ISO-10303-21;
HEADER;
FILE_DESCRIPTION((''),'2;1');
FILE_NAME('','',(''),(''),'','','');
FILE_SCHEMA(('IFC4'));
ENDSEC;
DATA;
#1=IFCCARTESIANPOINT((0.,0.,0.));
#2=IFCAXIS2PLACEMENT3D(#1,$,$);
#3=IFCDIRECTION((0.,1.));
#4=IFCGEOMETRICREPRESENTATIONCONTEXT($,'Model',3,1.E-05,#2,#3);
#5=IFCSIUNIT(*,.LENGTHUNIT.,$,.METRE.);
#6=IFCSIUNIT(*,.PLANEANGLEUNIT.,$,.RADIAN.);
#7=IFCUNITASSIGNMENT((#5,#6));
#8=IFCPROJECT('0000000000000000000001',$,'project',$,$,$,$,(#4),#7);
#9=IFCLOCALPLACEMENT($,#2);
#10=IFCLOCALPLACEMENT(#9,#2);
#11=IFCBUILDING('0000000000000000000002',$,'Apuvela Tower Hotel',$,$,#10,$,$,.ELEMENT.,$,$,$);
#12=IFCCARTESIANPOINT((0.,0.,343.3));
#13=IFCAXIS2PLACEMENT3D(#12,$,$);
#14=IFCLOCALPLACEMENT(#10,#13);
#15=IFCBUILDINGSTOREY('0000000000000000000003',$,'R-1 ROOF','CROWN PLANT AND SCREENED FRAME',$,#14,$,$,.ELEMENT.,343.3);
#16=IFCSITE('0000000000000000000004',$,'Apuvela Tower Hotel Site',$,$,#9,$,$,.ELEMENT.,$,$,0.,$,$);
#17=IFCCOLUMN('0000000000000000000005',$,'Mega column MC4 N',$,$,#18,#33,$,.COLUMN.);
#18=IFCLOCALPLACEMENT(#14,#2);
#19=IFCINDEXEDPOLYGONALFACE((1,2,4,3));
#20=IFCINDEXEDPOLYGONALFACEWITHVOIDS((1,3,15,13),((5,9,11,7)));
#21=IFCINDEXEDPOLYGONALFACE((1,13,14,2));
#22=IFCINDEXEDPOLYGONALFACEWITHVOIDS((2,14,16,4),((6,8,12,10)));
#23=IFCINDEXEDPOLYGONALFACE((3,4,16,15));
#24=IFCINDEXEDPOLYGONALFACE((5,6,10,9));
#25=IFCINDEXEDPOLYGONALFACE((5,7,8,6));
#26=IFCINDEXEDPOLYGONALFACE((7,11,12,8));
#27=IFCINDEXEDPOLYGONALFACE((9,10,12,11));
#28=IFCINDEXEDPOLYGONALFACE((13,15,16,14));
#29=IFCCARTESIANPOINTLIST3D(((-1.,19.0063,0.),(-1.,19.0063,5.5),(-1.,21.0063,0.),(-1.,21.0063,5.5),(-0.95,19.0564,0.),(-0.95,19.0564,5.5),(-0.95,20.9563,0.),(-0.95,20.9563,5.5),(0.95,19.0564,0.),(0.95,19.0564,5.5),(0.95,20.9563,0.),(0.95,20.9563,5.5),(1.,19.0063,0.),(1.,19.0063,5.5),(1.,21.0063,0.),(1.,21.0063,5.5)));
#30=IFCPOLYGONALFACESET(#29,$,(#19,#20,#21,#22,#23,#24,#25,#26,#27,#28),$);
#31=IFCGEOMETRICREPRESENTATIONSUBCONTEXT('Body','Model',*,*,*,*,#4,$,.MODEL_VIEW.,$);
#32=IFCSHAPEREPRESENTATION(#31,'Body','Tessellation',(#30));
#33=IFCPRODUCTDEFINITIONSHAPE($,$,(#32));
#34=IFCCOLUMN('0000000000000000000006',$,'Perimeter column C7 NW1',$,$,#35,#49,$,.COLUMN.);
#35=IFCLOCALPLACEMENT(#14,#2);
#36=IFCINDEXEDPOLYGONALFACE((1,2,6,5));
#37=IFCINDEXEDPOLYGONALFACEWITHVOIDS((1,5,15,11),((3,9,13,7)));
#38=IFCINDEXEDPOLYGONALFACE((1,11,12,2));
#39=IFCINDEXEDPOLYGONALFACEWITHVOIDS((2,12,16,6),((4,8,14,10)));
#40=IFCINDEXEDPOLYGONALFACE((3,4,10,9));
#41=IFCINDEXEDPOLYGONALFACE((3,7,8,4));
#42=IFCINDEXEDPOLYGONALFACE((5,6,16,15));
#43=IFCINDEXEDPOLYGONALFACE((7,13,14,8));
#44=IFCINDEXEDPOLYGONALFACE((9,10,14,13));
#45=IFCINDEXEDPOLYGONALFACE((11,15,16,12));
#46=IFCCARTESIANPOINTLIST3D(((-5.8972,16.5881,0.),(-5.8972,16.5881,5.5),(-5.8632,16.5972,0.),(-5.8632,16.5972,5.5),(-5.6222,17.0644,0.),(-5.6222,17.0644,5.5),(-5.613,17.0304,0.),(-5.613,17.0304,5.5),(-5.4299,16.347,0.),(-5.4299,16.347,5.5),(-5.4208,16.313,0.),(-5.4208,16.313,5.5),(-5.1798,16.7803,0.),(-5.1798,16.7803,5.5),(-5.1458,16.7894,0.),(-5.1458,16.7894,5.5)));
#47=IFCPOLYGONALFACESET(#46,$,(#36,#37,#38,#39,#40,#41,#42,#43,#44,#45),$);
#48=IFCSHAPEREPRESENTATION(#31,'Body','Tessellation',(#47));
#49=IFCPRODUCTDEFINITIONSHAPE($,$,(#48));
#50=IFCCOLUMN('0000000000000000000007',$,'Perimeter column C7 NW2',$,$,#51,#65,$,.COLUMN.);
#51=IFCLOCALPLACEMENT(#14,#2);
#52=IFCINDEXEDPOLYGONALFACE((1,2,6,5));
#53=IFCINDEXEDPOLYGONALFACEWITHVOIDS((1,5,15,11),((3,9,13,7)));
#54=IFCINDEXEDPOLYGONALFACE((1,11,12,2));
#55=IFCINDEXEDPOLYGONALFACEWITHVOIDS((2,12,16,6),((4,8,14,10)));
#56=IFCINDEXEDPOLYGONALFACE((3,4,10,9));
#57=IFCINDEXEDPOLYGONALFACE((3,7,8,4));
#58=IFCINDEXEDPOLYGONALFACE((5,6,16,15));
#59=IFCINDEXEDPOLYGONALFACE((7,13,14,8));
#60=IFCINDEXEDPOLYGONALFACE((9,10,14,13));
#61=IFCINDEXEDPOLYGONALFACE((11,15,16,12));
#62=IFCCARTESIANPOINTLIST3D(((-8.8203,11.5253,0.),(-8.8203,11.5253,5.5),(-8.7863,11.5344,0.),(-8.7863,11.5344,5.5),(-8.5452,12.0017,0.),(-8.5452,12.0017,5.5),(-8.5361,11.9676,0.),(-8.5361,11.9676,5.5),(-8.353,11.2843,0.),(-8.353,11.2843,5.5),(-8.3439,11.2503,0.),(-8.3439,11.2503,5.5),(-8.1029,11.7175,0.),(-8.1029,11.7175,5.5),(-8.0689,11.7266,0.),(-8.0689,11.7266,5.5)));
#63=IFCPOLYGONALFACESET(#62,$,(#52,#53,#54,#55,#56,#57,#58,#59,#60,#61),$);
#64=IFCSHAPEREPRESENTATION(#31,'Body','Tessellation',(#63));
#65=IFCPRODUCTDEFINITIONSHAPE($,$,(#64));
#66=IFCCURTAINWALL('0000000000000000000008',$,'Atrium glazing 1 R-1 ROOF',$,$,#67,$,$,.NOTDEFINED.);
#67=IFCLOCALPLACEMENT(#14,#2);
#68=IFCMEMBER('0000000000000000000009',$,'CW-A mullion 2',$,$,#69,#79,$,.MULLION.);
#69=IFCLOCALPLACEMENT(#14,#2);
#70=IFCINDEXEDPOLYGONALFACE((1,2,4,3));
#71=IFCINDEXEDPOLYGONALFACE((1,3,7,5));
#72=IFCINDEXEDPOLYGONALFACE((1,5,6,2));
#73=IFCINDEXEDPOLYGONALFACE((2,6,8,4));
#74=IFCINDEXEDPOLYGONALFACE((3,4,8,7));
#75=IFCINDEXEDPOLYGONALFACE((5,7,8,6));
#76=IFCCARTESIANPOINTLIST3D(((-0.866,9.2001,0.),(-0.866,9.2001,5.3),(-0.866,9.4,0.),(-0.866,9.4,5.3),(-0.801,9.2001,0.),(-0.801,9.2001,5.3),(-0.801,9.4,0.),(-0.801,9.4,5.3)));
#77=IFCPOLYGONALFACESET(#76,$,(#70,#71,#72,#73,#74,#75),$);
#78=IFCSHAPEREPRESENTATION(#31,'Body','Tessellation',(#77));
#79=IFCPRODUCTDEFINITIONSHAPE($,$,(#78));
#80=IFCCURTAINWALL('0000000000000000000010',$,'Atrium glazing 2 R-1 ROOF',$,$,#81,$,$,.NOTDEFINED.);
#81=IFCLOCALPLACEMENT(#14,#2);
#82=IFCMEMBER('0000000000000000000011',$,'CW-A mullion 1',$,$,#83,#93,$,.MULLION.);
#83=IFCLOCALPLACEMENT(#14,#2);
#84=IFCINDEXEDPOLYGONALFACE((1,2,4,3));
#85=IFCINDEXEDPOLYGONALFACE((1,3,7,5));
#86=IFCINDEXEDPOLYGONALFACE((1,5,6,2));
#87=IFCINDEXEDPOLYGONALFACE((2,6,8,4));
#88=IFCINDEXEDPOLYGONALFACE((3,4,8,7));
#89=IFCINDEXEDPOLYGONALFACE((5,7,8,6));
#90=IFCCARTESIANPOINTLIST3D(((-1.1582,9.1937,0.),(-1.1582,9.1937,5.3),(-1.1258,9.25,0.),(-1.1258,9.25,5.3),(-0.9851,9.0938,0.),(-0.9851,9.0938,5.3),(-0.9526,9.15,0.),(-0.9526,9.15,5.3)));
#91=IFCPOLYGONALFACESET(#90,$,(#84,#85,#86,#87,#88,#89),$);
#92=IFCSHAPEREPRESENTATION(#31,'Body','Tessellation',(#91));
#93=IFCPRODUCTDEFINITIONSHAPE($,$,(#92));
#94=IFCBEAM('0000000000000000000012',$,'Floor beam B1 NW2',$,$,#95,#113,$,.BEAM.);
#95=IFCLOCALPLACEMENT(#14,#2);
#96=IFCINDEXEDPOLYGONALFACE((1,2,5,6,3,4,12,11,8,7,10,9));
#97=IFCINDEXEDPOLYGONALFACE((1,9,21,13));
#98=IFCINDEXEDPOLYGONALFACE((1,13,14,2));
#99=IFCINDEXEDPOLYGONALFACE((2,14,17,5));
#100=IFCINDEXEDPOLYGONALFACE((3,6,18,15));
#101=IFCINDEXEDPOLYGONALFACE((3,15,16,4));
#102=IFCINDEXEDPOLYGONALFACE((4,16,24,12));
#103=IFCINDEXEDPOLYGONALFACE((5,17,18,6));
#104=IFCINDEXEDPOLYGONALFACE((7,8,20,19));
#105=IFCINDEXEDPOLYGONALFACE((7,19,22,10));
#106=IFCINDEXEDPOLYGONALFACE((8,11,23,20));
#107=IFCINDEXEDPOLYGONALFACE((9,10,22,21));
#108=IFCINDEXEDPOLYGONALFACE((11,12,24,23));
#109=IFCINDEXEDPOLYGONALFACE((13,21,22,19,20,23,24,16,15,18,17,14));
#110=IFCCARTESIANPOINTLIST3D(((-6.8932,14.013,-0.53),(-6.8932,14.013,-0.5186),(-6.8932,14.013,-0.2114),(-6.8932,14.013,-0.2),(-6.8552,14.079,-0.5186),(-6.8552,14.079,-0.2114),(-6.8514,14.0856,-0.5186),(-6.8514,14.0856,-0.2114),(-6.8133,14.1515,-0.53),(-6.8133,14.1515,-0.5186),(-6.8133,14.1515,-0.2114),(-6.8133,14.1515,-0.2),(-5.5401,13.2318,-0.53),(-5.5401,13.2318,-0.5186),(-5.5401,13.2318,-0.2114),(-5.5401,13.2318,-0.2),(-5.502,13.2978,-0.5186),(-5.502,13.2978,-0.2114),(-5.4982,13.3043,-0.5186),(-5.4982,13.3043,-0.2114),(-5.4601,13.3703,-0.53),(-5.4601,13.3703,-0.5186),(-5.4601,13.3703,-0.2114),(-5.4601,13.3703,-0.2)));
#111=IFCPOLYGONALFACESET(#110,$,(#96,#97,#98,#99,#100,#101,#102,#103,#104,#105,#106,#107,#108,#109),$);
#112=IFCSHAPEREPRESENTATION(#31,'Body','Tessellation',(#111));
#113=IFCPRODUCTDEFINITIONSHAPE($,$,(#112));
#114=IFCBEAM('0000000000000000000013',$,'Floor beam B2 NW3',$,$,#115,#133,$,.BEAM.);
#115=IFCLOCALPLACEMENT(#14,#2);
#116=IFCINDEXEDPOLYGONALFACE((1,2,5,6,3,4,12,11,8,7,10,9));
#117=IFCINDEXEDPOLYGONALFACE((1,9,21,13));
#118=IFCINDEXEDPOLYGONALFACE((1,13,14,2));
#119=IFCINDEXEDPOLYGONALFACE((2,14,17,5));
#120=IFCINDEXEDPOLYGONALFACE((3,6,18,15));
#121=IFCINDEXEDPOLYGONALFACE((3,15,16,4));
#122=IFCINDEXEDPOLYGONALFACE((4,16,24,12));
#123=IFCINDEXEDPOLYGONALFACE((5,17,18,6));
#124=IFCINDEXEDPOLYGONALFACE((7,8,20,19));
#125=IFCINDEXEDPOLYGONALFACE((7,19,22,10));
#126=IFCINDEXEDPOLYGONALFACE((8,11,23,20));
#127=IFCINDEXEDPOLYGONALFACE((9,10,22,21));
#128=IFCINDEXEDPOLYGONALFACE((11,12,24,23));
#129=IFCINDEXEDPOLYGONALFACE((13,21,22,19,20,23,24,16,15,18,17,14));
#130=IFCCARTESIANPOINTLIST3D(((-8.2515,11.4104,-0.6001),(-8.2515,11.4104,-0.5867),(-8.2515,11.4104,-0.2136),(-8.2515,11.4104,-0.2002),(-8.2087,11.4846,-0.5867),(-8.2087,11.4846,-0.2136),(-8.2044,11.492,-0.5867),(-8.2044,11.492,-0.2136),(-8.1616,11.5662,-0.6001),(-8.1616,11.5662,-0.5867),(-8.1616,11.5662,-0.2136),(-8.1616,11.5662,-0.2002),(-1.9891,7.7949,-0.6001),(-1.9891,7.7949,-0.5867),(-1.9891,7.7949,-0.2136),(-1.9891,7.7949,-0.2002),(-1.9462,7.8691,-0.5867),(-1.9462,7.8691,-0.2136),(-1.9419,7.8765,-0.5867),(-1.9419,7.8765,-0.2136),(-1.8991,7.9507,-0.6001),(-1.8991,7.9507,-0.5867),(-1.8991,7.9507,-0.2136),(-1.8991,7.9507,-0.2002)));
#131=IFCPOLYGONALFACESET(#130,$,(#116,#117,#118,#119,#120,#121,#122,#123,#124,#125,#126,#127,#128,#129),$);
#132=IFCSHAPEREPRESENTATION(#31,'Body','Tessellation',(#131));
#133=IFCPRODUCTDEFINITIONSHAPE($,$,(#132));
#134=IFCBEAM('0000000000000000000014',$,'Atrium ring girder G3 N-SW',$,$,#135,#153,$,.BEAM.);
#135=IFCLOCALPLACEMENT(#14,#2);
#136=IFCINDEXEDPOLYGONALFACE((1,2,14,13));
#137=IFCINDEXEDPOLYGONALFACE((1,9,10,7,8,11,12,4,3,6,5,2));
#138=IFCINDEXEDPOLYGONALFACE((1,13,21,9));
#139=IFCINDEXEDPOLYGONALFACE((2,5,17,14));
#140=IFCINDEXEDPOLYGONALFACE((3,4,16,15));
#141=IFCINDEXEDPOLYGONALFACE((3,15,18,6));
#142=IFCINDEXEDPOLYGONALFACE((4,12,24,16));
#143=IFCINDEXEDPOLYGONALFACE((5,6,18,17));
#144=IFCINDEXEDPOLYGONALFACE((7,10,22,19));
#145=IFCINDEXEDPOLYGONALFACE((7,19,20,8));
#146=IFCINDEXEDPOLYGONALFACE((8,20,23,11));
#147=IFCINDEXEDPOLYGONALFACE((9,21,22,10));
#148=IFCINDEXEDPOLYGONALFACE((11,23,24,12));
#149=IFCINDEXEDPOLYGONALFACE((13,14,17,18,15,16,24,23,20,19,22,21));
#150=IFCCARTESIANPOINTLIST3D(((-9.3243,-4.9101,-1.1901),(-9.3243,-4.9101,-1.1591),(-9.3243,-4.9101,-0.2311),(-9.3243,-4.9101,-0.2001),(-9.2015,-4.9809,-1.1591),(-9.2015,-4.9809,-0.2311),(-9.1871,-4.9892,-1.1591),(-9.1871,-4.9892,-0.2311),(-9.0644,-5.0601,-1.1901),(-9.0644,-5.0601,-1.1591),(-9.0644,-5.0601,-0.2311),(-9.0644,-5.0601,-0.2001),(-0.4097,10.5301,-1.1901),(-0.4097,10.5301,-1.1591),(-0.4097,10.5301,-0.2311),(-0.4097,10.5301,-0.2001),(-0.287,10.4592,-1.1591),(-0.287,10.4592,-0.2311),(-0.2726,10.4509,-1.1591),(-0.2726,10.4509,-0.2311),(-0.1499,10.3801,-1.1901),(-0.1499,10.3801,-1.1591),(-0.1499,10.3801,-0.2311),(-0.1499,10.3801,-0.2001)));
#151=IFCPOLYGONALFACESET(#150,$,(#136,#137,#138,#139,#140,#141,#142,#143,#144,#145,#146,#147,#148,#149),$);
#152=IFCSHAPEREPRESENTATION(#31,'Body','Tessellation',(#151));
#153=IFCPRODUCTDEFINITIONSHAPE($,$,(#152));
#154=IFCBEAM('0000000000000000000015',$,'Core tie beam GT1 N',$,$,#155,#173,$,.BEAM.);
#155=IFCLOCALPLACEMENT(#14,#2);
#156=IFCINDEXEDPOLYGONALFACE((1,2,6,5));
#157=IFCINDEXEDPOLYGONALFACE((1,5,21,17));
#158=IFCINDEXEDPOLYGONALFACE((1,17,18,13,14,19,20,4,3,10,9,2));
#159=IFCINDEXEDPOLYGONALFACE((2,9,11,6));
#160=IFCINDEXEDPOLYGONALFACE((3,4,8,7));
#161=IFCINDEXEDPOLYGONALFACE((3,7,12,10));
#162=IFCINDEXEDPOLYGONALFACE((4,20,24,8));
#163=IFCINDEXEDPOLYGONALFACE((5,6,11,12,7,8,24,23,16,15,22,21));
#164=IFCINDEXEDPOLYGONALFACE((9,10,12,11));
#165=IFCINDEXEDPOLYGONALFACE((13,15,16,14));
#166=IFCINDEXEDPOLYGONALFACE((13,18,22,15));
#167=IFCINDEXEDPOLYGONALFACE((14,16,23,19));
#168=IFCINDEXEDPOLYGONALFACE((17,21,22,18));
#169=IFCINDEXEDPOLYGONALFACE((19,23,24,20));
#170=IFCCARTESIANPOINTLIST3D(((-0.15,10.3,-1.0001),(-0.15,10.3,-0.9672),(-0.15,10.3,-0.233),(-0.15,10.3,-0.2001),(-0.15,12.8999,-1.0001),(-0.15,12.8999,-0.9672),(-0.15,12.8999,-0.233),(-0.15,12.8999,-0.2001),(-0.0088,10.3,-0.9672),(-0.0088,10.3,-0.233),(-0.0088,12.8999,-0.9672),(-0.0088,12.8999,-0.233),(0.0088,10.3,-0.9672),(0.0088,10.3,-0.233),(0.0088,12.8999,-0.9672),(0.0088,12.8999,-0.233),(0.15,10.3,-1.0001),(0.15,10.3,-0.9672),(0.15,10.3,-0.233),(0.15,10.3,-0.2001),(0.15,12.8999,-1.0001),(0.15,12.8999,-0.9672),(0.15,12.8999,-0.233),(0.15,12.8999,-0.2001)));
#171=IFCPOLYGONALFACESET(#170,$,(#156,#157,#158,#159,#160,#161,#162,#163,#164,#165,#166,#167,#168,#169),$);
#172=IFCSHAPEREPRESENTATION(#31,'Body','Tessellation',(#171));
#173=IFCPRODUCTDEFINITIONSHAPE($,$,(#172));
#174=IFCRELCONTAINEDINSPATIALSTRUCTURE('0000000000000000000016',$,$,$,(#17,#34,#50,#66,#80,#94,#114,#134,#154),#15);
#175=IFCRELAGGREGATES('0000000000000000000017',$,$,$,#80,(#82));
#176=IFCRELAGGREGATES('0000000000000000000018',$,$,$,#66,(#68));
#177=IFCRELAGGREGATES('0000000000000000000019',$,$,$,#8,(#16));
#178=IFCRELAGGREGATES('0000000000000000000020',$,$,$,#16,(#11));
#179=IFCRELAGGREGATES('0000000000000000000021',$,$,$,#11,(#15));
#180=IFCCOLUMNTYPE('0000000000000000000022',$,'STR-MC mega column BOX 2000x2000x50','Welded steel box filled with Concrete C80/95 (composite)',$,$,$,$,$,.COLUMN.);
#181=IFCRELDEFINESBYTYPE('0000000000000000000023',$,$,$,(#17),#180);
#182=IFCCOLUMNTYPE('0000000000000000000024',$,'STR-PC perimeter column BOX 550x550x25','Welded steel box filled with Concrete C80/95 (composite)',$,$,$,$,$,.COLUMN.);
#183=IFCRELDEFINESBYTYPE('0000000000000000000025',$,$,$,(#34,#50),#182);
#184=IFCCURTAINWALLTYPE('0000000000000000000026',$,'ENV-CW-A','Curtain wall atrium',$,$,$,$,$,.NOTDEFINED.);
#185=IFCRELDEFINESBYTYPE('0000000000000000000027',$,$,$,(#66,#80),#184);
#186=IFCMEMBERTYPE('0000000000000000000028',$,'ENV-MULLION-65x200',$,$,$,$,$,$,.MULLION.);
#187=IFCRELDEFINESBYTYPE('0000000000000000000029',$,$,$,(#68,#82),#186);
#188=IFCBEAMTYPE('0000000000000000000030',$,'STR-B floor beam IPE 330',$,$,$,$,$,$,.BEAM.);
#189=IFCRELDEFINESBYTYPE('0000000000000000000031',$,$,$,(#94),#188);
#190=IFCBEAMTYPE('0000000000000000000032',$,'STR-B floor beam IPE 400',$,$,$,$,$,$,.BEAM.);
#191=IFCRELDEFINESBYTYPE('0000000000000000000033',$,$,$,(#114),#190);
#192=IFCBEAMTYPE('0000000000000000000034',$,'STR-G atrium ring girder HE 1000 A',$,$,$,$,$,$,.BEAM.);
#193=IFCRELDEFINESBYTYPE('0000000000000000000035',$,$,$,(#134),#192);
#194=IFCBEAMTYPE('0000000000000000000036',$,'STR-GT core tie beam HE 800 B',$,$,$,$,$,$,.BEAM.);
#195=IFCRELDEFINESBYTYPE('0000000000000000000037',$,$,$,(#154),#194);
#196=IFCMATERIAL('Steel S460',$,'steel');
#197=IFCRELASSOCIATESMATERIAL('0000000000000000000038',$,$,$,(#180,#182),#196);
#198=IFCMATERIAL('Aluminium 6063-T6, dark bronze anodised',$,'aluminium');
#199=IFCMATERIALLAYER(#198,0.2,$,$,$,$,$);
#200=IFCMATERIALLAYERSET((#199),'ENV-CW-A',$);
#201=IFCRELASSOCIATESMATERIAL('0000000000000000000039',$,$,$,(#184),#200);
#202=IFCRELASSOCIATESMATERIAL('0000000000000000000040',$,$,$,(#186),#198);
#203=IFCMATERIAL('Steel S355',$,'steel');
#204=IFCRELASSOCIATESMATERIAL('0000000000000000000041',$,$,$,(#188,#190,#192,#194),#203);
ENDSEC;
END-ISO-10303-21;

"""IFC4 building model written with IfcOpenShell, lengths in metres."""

from ifc_helpers import new_model, si_unit, direction, frame, origin, origin_2d, place, context, subcontext, project, spatial, rectangle, hollow_rectangle, i_section, extrude, material, layer, layer_set, material_profile, profile_set, type_object, element, aggregate, save


model = new_model("IFC4")

# Units and contexts
model_context = context("Model", 3, precision=1e-05, world=origin(), true_north=direction((0.0, 1.0)))
body_context = subcontext(model_context, "Body", "Model", "MODEL_VIEW")
ifc_project = project(units=[si_unit("LENGTHUNIT", "METRE"), si_unit("PLANEANGLEUNIT", "RADIAN")], contexts=[model_context])

# Site, building, storey
site_placement = place(None, origin())
site = spatial("IfcSite", under=ifc_project, at=site_placement, Name="Apuvela Tower Hotel Site", CompositionType="ELEMENT", RefElevation=0.0)
building_placement = place(site_placement, origin())
building = spatial("IfcBuilding", under=site, at=building_placement, Name="Apuvela Tower Hotel", CompositionType="ELEMENT")
storey_placement = place(building_placement, frame((0.0, 0.0, 343.3)))
storey = spatial("IfcBuildingStorey", under=building, at=storey_placement, Name="R-1 ROOF", Description="CROWN PLANT AND SCREENED FRAME", CompositionType="ELEMENT", Elevation=343.3)

# Columns
ifc_material_1 = material(Name="Steel S460", Category="steel")
ifc_material_profile_1 = material_profile(ifc_material_1, hollow_rectangle(XDim=2.0, YDim=2.0, WallThickness=0.05, at=origin_2d()), Name="BOX 2000x2000x50")
ifc_material_2 = material(Name="Concrete C80/95", Category="concrete")
ifc_material_profile_2 = material_profile(ifc_material_2, rectangle(XDim=1.8999, YDim=1.8999, at=origin_2d()), Name="Concrete C80/95 infill")
ifc_profile_set_1 = profile_set([ifc_material_profile_1, ifc_material_profile_2], Name="Steel S460")
column_type_1 = type_object("IfcColumnType", Name="STR-MC mega column BOX 2000x2000x50", Description="Welded steel box filled with Concrete C80/95 (composite)", PredefinedType="COLUMN", material=ifc_profile_set_1)
column_placement = place(storey_placement, frame((0.0, 20.0063, 0.0), z_axis=(0.0, 0.0, 1.0), x_axis=(1.0, 0.0, 0.0)))
element("IfcColumn", 1, at=column_placement, inside=storey, type_object=column_type_1, Name="Mega column MC4 N", PredefinedType="COLUMN", context=body_context, shape_type="SweptSolid", body=[
    extrude(hollow_rectangle(XDim=2.0, YDim=2.0, WallThickness=0.05, at=origin_2d()), origin(), (0.0, 0.0, 1.0), 5.5),
])
ifc_material_profile_3 = material_profile(ifc_material_1, hollow_rectangle(XDim=0.55, YDim=0.55, WallThickness=0.0249, at=origin_2d()), Name="BOX 550x550x25")
ifc_material_profile_4 = material_profile(ifc_material_2, rectangle(XDim=0.5, YDim=0.5, at=origin_2d()), Name="Concrete C80/95 infill")
ifc_profile_set_2 = profile_set([ifc_material_profile_3, ifc_material_profile_4], Name="Steel S460")
column_type_2 = type_object("IfcColumnType", Name="STR-PC perimeter column BOX 550x550x25", Description="Welded steel box filled with Concrete C80/95 (composite)", PredefinedType="COLUMN", material=ifc_profile_set_2)
for number, where, z_axis, x_axis, name in (
    (2, (-5.5215, 16.6887, 0.0), (0.0, 0.0, 1.0), (0.5, 0.866025, 0.0), "Perimeter column C7 NW1"),
    (3, (-8.4446, 11.626, 0.0), (0.0, 0.0, 1.0), (0.5, 0.866025, 0.0), "Perimeter column C7 NW2"),
):
    element("IfcColumn", number, at=place(storey_placement, frame(where, z_axis=z_axis, x_axis=x_axis)), inside=storey, type_object=column_type_2, Name=name, PredefinedType="COLUMN", context=body_context, shape_type="SweptSolid", body=[
        extrude(hollow_rectangle(XDim=0.55, YDim=0.55, WallThickness=0.0249, at=origin_2d()), origin(), (0.0, 0.0, 1.0), 5.5),
    ])

# Curtain walls, members
ifc_material_3 = material(Name="Aluminium 6063-T6, dark bronze anodised", Category="aluminium")
ifc_layer_1 = layer(ifc_material_3, 0.2)
ifc_layer_set_1 = layer_set([ifc_layer_1], Name="ENV-CW-A")
curtain_wall_type = type_object("IfcCurtainWallType", Name="ENV-CW-A", Description="Curtain wall atrium", PredefinedType="NOTDEFINED", material=ifc_layer_set_1)
curtain_wall_1_placement = place(storey_placement, origin())
curtain_wall_1 = element("IfcCurtainWall", 4, at=curtain_wall_1_placement, inside=storey, type_object=curtain_wall_type, Name="Atrium glazing 1 R-1 ROOF", PredefinedType="NOTDEFINED")
ifc_material_profile_5 = material_profile(ifc_material_3, rectangle(XDim=0.2, YDim=0.0649, at=origin_2d()), Name="AL 65x200")
ifc_profile_set_3 = profile_set([ifc_material_profile_5], Name="Aluminium 6063-T6, dark bronze anodised")
member_type = type_object("IfcMemberType", Name="ENV-MULLION-65x200", PredefinedType="MULLION", material=ifc_profile_set_3)
member_1_placement = place(storey_placement, frame((-0.8335, 9.3, 0.0), z_axis=(0.0, 0.0, 1.0), x_axis=(0.0, -1.0, 0.0)))
member_1 = element("IfcMember", 5, at=member_1_placement, type_object=member_type, Name="CW-A mullion 2", PredefinedType="MULLION", context=body_context, shape_type="SweptSolid", body=[
    extrude(rectangle(XDim=0.2, YDim=0.0649, at=origin_2d()), origin(), (0.0, 0.0, 1.0), 5.3),
])
curtain_wall_2_placement = place(storey_placement, origin())
curtain_wall_2 = element("IfcCurtainWall", 6, at=curtain_wall_2_placement, inside=storey, type_object=curtain_wall_type, Name="Atrium glazing 2 R-1 ROOF", PredefinedType="NOTDEFINED")
member_2_placement = place(storey_placement, frame((-1.0554, 9.1719, 0.0), z_axis=(0.0, 0.0, 1.0), x_axis=(0.866026, -0.499999, 0.0)))
member_2 = element("IfcMember", 7, at=member_2_placement, type_object=member_type, Name="CW-A mullion 1", PredefinedType="MULLION", context=body_context, shape_type="SweptSolid", body=[
    extrude(rectangle(XDim=0.2, YDim=0.0649, at=origin_2d()), origin(), (0.0, 0.0, 1.0), 5.3),
])
aggregate(curtain_wall_2, [member_2])

# Beams
ifc_material_4 = material(Name="Steel S355", Category="steel")
ifc_material_profile_6 = material_profile(ifc_material_4, i_section(OverallWidth=0.1599, OverallDepth=0.3301, WebThickness=0.0076, FlangeThickness=0.0115, at=origin_2d()), Name="IPE 330")
ifc_profile_set_4 = profile_set([ifc_material_profile_6], Name="Steel S355")
beam_type_1 = type_object("IfcBeamType", Name="STR-B floor beam IPE 330", PredefinedType="BEAM", material=ifc_profile_set_4)
beam_1_placement = place(storey_placement, frame((-6.8533, 14.0823, -0.365), z_axis=(0.866042, -0.49997, 0.0), x_axis=(0.49997, 0.866042, 0.0)))
element("IfcBeam", 8, at=beam_1_placement, inside=storey, type_object=beam_type_1, Name="Floor beam B1 NW2", PredefinedType="BEAM", context=body_context, shape_type="SweptSolid", body=[
    extrude(i_section(OverallWidth=0.1599, OverallDepth=0.3301, WebThickness=0.0076, FlangeThickness=0.0115, at=origin_2d()), origin(), (0.0, 0.0, 1.0), 1.5625),
])
ifc_material_profile_7 = material_profile(ifc_material_4, i_section(OverallWidth=0.1799, OverallDepth=0.3999, WebThickness=0.0085, FlangeThickness=0.0134, at=origin_2d()), Name="IPE 400")
ifc_profile_set_5 = profile_set([ifc_material_profile_7], Name="Steel S355")
beam_type_2 = type_object("IfcBeamType", Name="STR-B floor beam IPE 400", PredefinedType="BEAM", material=ifc_profile_set_5)
beam_2_placement = place(storey_placement, frame((-8.2065, 11.4883, -0.4001), z_axis=(0.866034, -0.499985, 0.0), x_axis=(0.499985, 0.866034, 0.0)))
element("IfcBeam", 9, at=beam_2_placement, inside=storey, type_object=beam_type_2, Name="Floor beam B2 NW3", PredefinedType="BEAM", context=body_context, shape_type="SweptSolid", body=[
    extrude(i_section(OverallWidth=0.1799, OverallDepth=0.3999, WebThickness=0.0085, FlangeThickness=0.0134, at=origin_2d()), origin(), (0.0, 0.0, 1.0), 7.2312),
])
ifc_material_profile_8 = material_profile(ifc_material_4, i_section(OverallWidth=0.3, OverallDepth=0.99, WebThickness=0.0166, FlangeThickness=0.031, at=origin_2d()), Name="HE 1000 A")
ifc_profile_set_6 = profile_set([ifc_material_profile_8], Name="Steel S355")
beam_type_3 = type_object("IfcBeamType", Name="STR-G atrium ring girder HE 1000 A", PredefinedType="BEAM", material=ifc_profile_set_6)
beam_3_placement = place(storey_placement, frame((-0.2798, 10.4551, -0.6951), z_axis=(-0.500007, -0.866022, 0.0), x_axis=(0.866022, -0.500007, 0.0)))
element("IfcBeam", 10, at=beam_3_placement, inside=storey, type_object=beam_type_3, Name="Atrium ring girder G3 N-SW", PredefinedType="BEAM", context=body_context, shape_type="SweptSolid", body=[
    extrude(i_section(OverallWidth=0.3, OverallDepth=0.99, WebThickness=0.0166, FlangeThickness=0.031, at=origin_2d()), origin(), (0.0, 0.0, 1.0), 17.8289),
])
ifc_material_profile_9 = material_profile(ifc_material_4, i_section(OverallWidth=0.3, OverallDepth=0.8, WebThickness=0.0176, FlangeThickness=0.033, at=origin_2d()), Name="HE 800 B")
ifc_profile_set_7 = profile_set([ifc_material_profile_9], Name="Steel S355")
beam_type_4 = type_object("IfcBeamType", Name="STR-GT core tie beam HE 800 B", PredefinedType="BEAM", material=ifc_profile_set_7)
beam_4_placement = place(storey_placement, frame((0.0, 12.8999, -0.6001), z_axis=(0.0, -1.0, 0.0), x_axis=(1.0, 0.0, 0.0)))
element("IfcBeam", 11, at=beam_4_placement, inside=storey, type_object=beam_type_4, Name="Core tie beam GT1 N", PredefinedType="BEAM", context=body_context, shape_type="SweptSolid", body=[
    extrude(i_section(OverallWidth=0.3, OverallDepth=0.8, WebThickness=0.0176, FlangeThickness=0.033, at=origin_2d()), origin(), (0.0, 0.0, 1.0), 2.5999),
])

aggregate(curtain_wall_1, [member_1])

save(model, "model.ifc")
